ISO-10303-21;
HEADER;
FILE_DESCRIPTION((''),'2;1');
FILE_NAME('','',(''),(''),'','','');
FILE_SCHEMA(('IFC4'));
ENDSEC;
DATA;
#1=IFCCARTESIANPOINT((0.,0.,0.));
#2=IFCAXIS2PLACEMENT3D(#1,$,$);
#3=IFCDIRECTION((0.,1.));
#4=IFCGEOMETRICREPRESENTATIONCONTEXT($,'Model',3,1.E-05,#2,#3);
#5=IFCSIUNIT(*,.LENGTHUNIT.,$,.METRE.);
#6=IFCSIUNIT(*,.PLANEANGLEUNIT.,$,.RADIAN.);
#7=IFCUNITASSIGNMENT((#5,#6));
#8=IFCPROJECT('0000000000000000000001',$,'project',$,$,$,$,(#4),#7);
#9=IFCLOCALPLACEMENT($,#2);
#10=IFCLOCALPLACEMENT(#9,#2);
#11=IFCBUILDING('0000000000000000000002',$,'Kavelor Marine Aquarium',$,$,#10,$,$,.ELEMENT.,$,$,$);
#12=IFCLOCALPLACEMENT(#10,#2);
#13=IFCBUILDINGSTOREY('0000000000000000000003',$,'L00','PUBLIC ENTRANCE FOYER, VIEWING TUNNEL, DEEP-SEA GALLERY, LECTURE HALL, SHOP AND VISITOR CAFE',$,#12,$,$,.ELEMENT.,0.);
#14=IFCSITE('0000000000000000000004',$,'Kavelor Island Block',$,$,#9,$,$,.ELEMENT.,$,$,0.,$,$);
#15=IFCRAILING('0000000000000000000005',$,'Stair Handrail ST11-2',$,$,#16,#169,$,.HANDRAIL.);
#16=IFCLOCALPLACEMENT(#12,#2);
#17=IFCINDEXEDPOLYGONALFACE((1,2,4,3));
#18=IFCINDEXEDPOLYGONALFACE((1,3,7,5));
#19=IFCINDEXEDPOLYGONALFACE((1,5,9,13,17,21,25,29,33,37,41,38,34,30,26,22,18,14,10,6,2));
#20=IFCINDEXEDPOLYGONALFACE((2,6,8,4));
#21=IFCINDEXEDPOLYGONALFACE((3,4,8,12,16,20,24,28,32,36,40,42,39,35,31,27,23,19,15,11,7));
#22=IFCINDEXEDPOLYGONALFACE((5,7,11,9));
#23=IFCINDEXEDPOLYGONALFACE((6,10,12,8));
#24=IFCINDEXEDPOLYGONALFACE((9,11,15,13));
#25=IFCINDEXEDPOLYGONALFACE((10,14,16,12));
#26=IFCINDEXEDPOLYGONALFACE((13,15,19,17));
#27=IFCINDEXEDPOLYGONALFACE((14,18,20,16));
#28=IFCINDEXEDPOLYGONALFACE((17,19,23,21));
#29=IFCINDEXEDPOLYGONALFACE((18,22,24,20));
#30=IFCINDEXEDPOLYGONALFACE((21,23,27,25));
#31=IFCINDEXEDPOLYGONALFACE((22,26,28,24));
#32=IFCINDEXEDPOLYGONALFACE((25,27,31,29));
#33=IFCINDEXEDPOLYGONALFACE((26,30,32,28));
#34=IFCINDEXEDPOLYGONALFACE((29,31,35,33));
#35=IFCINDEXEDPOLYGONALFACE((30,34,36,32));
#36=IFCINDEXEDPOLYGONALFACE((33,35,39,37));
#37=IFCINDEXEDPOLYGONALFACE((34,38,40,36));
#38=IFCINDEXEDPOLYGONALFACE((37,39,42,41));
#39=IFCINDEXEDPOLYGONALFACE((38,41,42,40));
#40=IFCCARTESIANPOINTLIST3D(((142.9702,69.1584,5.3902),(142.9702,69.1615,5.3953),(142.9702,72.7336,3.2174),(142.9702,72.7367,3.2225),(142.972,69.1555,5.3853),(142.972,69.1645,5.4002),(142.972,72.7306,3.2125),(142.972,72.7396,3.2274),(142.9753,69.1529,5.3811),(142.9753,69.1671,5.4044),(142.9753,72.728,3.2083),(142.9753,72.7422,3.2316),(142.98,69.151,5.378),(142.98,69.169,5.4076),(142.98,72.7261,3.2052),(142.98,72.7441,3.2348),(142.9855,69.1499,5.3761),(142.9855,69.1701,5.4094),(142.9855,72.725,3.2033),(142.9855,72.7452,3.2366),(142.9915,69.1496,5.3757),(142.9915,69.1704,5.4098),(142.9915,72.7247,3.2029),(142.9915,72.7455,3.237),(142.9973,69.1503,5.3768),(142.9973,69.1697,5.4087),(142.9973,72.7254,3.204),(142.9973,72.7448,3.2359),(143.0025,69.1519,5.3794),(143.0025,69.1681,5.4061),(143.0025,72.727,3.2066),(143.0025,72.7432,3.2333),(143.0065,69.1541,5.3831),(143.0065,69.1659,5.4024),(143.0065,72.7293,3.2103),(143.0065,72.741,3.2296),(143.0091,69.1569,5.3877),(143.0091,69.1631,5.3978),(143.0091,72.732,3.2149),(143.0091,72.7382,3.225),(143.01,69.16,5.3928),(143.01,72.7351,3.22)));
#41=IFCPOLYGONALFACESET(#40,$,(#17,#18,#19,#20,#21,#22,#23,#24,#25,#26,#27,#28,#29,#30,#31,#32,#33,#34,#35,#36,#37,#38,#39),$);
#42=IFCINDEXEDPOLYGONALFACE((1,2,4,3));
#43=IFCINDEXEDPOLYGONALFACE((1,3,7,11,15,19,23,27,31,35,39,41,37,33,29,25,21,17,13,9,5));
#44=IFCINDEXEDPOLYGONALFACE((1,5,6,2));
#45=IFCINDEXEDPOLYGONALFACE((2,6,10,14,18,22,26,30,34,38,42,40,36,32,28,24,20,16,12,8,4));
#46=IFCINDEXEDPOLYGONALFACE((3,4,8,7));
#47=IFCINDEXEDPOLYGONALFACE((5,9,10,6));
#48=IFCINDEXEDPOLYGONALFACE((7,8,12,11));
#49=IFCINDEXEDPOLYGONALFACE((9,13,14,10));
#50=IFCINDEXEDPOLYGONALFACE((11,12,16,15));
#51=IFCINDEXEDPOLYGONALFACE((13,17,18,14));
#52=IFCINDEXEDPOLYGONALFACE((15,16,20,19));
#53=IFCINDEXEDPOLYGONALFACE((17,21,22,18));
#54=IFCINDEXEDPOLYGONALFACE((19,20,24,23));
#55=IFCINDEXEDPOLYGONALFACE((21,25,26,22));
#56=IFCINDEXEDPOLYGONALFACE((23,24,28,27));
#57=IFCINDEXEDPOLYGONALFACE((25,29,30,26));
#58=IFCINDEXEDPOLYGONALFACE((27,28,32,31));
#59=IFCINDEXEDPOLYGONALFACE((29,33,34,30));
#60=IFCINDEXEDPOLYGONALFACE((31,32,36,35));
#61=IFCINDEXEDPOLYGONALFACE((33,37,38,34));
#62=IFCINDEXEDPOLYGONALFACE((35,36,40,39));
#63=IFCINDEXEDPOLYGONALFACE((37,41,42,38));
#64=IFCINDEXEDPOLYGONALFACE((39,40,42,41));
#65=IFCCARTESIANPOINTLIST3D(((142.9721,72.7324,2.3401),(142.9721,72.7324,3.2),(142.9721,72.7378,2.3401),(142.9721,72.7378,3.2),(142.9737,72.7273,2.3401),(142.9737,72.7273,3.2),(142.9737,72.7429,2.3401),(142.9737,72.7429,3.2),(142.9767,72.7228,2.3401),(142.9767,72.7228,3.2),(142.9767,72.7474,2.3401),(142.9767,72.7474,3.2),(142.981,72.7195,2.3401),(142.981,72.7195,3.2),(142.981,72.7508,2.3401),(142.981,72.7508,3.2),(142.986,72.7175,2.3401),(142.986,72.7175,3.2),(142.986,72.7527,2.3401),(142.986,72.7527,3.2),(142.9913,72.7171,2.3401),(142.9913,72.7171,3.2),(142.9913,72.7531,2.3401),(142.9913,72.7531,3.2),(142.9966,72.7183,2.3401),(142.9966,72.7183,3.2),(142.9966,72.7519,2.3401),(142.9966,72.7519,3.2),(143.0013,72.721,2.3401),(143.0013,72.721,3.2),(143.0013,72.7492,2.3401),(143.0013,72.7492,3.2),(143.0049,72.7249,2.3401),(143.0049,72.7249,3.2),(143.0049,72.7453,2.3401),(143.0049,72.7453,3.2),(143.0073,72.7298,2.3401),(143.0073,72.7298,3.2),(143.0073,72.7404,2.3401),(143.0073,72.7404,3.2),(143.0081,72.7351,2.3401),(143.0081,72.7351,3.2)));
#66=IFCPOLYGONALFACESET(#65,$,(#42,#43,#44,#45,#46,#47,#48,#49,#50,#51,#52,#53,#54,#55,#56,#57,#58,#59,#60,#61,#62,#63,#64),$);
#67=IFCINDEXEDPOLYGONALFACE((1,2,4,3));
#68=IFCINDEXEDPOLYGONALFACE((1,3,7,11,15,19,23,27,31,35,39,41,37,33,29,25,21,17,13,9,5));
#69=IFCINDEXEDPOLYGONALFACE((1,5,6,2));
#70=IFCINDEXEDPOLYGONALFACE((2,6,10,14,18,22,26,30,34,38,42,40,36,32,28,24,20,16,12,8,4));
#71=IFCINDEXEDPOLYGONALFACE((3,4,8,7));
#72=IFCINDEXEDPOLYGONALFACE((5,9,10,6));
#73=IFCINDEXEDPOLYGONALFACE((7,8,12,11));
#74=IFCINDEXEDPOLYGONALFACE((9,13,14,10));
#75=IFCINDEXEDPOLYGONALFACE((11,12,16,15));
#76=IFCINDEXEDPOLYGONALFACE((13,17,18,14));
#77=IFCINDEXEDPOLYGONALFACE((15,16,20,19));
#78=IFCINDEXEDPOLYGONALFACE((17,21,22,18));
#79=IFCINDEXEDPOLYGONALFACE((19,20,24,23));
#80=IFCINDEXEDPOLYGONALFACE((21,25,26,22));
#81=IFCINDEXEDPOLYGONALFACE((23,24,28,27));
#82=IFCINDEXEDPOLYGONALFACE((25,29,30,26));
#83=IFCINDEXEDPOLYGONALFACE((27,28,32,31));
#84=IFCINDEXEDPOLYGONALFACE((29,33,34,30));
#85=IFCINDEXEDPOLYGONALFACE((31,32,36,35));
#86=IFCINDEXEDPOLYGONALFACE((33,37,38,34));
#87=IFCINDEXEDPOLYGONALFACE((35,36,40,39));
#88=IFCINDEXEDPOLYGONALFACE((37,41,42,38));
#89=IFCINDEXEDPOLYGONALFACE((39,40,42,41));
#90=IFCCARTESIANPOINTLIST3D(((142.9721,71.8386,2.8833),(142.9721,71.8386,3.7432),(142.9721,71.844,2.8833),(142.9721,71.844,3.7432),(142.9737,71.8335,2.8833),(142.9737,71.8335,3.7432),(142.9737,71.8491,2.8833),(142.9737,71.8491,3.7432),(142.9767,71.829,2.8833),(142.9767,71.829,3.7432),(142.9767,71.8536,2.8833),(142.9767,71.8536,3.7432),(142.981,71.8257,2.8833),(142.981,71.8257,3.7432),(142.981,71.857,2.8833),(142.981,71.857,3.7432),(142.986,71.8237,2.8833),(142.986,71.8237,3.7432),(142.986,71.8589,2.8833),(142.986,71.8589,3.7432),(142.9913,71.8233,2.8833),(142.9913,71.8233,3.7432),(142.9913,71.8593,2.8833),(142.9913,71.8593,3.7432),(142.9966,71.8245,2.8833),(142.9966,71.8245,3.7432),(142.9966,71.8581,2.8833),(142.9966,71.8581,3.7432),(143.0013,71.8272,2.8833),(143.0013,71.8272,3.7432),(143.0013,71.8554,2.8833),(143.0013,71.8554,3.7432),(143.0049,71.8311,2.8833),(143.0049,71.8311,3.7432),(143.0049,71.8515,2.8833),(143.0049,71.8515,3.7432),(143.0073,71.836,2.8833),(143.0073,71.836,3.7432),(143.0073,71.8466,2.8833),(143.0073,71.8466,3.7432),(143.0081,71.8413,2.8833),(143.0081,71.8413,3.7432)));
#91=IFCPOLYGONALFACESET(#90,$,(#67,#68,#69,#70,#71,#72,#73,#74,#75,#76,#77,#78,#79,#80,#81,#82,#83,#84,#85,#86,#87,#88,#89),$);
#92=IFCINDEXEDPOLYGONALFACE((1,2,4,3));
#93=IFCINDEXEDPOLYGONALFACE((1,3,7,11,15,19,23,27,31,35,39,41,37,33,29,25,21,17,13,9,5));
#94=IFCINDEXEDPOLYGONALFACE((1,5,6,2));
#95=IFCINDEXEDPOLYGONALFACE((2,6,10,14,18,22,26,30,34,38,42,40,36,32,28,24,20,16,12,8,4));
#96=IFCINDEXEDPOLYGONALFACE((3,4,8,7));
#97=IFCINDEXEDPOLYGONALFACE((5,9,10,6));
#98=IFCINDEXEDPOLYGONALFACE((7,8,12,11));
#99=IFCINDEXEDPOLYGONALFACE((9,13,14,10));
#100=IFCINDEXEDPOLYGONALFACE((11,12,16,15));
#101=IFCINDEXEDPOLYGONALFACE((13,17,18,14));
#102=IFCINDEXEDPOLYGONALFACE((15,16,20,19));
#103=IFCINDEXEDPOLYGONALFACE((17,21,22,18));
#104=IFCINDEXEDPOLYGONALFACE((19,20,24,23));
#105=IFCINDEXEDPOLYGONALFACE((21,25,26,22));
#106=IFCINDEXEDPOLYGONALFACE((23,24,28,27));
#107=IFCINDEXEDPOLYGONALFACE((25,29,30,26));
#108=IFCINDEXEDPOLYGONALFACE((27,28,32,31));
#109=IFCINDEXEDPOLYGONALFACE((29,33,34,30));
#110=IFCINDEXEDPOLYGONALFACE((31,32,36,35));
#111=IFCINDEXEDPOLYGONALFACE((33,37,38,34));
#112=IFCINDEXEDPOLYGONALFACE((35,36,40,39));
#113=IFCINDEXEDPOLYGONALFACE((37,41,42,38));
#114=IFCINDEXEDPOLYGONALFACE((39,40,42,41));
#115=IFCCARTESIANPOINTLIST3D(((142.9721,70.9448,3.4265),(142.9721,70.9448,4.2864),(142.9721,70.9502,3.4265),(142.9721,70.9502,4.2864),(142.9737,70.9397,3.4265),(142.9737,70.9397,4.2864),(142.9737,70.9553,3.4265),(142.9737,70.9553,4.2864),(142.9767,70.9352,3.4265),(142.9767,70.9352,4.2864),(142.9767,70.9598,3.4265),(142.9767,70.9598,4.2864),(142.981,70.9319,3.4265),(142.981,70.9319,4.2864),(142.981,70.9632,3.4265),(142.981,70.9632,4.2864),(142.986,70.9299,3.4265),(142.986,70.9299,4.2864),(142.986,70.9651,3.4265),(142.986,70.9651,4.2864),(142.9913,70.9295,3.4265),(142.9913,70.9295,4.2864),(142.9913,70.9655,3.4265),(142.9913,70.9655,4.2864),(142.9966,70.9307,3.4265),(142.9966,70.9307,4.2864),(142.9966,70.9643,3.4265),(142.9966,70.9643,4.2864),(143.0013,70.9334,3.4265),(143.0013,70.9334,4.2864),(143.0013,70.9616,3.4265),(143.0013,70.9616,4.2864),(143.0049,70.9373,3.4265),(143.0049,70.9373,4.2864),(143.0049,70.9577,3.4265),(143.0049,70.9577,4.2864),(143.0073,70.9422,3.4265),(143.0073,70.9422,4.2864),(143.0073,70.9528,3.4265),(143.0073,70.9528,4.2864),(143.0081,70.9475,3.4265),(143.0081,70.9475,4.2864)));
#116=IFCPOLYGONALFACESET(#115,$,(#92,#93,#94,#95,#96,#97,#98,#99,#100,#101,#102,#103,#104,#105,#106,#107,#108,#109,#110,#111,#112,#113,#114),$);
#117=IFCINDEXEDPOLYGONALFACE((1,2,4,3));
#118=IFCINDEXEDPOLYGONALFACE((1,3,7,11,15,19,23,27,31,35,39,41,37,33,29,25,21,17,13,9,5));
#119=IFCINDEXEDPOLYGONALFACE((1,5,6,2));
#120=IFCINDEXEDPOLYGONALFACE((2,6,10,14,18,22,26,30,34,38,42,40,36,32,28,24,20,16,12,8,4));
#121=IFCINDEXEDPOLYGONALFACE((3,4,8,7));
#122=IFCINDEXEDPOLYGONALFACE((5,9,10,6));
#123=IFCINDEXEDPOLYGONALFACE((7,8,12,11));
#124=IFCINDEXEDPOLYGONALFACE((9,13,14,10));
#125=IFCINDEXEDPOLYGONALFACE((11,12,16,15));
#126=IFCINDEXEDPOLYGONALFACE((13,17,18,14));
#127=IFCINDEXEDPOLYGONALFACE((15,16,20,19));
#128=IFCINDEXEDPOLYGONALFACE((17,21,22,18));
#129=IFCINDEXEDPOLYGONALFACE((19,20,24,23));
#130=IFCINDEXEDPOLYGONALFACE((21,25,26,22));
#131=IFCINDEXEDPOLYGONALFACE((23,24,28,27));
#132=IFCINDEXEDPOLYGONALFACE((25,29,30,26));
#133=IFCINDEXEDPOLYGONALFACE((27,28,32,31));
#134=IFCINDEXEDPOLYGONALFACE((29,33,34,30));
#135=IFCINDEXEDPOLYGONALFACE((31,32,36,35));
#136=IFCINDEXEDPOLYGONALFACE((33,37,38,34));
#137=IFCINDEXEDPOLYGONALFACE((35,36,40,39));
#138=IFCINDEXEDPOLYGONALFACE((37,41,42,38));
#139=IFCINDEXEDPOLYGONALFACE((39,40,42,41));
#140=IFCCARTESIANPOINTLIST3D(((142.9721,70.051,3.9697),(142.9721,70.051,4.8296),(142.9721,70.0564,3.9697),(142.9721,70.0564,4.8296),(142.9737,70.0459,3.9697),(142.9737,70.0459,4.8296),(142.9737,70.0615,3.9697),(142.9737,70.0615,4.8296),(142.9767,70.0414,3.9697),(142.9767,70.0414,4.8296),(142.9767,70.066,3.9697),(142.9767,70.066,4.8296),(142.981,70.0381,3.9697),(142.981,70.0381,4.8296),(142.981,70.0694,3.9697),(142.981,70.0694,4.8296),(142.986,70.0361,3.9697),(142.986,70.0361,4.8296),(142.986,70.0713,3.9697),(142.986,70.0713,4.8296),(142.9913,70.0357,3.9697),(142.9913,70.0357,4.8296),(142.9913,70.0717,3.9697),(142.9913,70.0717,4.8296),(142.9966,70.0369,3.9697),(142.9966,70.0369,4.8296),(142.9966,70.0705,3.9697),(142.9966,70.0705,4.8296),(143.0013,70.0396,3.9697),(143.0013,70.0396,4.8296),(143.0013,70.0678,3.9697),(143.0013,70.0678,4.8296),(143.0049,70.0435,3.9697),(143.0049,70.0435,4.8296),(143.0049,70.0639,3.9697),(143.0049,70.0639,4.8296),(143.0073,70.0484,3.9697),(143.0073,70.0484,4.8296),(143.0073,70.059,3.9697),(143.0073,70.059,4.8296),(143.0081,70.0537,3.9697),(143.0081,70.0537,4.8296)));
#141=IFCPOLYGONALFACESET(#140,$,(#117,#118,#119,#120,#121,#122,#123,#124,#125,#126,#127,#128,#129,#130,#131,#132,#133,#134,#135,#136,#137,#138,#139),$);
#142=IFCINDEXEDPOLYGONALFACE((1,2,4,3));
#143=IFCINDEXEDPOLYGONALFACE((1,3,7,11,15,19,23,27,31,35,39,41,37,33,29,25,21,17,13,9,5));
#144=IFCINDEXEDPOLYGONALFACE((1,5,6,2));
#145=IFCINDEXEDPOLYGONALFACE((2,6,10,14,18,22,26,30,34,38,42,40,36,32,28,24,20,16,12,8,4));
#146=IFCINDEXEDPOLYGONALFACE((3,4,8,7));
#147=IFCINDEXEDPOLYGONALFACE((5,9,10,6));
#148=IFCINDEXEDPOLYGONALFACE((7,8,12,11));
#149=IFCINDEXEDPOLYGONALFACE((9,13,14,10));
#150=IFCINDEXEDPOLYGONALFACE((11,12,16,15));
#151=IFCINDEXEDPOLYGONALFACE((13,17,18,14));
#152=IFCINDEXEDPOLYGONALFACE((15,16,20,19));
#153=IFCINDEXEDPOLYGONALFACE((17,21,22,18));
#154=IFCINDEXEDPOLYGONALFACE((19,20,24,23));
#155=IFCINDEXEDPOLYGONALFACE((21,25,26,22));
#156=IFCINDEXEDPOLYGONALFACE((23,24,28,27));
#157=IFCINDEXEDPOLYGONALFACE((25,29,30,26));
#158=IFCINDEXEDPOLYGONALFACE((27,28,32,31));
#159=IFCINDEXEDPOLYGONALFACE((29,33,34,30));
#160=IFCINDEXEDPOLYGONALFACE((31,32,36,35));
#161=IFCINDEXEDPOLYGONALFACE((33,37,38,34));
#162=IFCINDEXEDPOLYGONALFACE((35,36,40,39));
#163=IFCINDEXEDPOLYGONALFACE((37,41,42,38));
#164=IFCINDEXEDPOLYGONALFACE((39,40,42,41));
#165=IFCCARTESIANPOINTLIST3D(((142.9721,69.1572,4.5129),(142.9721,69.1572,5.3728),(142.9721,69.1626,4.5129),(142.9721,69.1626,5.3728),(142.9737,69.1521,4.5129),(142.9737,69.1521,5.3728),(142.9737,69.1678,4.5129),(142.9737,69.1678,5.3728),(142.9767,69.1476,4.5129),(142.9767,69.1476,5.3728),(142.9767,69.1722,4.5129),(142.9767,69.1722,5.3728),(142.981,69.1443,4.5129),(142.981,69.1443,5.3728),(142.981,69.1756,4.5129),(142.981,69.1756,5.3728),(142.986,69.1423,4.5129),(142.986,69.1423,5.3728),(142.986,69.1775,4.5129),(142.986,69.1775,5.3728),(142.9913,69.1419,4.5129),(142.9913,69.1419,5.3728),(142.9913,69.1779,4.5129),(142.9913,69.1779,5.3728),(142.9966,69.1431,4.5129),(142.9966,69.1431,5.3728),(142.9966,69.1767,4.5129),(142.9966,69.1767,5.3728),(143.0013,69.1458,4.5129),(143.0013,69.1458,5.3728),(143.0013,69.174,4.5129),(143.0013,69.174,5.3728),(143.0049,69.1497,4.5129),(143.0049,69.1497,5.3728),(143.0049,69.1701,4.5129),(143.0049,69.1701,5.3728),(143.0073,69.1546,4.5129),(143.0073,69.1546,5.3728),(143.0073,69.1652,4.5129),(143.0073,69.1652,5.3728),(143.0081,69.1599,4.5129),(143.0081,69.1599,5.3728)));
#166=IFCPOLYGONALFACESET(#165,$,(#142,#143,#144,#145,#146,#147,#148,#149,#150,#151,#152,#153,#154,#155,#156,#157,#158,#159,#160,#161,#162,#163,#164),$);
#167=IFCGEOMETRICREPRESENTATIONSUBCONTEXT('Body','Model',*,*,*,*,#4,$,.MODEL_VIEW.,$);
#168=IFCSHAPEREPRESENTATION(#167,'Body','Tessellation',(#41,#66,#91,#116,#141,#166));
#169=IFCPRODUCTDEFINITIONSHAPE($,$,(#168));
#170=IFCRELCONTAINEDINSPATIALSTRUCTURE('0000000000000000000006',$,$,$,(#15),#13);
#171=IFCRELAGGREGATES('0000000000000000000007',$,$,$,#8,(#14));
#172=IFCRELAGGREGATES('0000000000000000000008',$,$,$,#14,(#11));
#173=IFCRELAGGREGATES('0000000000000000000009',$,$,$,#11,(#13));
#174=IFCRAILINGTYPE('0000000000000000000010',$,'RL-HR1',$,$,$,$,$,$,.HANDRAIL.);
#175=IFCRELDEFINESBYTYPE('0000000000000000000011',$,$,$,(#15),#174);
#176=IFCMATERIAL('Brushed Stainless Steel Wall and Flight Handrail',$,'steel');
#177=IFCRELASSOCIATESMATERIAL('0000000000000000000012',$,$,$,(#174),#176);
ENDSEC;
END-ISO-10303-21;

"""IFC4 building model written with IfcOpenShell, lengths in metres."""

from ifc_helpers import new_model, si_unit, direction, frame, origin, origin_2d, place, context, subcontext, project, spatial, circle, extrude, material, type_object, element, save


model = new_model("IFC4")

# Units and contexts
model_context = context("Model", 3, precision=1e-05, world=origin(), true_north=direction((0.0, 1.0)))
body_context = subcontext(model_context, "Body", "Model", "MODEL_VIEW")
ifc_project = project(units=[si_unit("LENGTHUNIT", "METRE"), si_unit("PLANEANGLEUNIT", "RADIAN")], contexts=[model_context])

# Site, building, storey
site_placement = place(None, origin())
site = spatial("IfcSite", under=ifc_project, at=site_placement, Name="Kavelor Island Block", CompositionType="ELEMENT", RefElevation=0.0)
building_placement = place(site_placement, origin())
building = spatial("IfcBuilding", under=site, at=building_placement, Name="Kavelor Marine Aquarium", CompositionType="ELEMENT")
storey_placement = place(building_placement, origin())
storey = spatial("IfcBuildingStorey", under=building, at=storey_placement, Name="L00", Description="PUBLIC ENTRANCE FOYER, VIEWING TUNNEL, DEEP-SEA GALLERY, LECTURE HALL, SHOP AND VISITOR CAFE", CompositionType="ELEMENT", Elevation=0.0)

# Railing
ifc_material_1 = material(Name="Brushed Stainless Steel Wall and Flight Handrail", Category="steel")
railing_type_1 = type_object("IfcRailingType", Name="RL-HR1", PredefinedType="HANDRAIL", material=ifc_material_1)
railing_1_placement = place(storey_placement, frame((142.99, 72.7351, 2.3401)))
element("IfcRailing", 1, at=railing_1_placement, inside=storey, type_object=railing_type_1, Name="Stair Handrail ST11-2", PredefinedType="HANDRAIL", context=body_context, shape_type="SweptSolid", body=[
    extrude(circle(Radius=0.02, at=origin_2d()), frame((0.0, 0.0, 0.8799), z_axis=(0.0, -0.854554, 0.519362), x_axis=(1.0, 0.0, 0.0)), (0.0, 0.0, 1.0), 4.1836),
    extrude(circle(Radius=0.0181, at=origin_2d()), origin(), (0.0, 0.0, 1.0), 0.8599),
    extrude(circle(Radius=0.0181, at=origin_2d()), frame((0.0, -0.8938, 0.5432)), (0.0, 0.0, 1.0), 0.8599),
    extrude(circle(Radius=0.0181, at=origin_2d()), frame((0.0, -1.7876, 1.0864)), (0.0, 0.0, 1.0), 0.8599),
    extrude(circle(Radius=0.0181, at=origin_2d()), frame((0.0, -2.6814, 1.6296)), (0.0, 0.0, 1.0), 0.8599),
    extrude(circle(Radius=0.0181, at=origin_2d()), frame((0.0, -3.5752, 2.1729)), (0.0, 0.0, 1.0), 0.8599),
])

save(model, "model.ifc")
